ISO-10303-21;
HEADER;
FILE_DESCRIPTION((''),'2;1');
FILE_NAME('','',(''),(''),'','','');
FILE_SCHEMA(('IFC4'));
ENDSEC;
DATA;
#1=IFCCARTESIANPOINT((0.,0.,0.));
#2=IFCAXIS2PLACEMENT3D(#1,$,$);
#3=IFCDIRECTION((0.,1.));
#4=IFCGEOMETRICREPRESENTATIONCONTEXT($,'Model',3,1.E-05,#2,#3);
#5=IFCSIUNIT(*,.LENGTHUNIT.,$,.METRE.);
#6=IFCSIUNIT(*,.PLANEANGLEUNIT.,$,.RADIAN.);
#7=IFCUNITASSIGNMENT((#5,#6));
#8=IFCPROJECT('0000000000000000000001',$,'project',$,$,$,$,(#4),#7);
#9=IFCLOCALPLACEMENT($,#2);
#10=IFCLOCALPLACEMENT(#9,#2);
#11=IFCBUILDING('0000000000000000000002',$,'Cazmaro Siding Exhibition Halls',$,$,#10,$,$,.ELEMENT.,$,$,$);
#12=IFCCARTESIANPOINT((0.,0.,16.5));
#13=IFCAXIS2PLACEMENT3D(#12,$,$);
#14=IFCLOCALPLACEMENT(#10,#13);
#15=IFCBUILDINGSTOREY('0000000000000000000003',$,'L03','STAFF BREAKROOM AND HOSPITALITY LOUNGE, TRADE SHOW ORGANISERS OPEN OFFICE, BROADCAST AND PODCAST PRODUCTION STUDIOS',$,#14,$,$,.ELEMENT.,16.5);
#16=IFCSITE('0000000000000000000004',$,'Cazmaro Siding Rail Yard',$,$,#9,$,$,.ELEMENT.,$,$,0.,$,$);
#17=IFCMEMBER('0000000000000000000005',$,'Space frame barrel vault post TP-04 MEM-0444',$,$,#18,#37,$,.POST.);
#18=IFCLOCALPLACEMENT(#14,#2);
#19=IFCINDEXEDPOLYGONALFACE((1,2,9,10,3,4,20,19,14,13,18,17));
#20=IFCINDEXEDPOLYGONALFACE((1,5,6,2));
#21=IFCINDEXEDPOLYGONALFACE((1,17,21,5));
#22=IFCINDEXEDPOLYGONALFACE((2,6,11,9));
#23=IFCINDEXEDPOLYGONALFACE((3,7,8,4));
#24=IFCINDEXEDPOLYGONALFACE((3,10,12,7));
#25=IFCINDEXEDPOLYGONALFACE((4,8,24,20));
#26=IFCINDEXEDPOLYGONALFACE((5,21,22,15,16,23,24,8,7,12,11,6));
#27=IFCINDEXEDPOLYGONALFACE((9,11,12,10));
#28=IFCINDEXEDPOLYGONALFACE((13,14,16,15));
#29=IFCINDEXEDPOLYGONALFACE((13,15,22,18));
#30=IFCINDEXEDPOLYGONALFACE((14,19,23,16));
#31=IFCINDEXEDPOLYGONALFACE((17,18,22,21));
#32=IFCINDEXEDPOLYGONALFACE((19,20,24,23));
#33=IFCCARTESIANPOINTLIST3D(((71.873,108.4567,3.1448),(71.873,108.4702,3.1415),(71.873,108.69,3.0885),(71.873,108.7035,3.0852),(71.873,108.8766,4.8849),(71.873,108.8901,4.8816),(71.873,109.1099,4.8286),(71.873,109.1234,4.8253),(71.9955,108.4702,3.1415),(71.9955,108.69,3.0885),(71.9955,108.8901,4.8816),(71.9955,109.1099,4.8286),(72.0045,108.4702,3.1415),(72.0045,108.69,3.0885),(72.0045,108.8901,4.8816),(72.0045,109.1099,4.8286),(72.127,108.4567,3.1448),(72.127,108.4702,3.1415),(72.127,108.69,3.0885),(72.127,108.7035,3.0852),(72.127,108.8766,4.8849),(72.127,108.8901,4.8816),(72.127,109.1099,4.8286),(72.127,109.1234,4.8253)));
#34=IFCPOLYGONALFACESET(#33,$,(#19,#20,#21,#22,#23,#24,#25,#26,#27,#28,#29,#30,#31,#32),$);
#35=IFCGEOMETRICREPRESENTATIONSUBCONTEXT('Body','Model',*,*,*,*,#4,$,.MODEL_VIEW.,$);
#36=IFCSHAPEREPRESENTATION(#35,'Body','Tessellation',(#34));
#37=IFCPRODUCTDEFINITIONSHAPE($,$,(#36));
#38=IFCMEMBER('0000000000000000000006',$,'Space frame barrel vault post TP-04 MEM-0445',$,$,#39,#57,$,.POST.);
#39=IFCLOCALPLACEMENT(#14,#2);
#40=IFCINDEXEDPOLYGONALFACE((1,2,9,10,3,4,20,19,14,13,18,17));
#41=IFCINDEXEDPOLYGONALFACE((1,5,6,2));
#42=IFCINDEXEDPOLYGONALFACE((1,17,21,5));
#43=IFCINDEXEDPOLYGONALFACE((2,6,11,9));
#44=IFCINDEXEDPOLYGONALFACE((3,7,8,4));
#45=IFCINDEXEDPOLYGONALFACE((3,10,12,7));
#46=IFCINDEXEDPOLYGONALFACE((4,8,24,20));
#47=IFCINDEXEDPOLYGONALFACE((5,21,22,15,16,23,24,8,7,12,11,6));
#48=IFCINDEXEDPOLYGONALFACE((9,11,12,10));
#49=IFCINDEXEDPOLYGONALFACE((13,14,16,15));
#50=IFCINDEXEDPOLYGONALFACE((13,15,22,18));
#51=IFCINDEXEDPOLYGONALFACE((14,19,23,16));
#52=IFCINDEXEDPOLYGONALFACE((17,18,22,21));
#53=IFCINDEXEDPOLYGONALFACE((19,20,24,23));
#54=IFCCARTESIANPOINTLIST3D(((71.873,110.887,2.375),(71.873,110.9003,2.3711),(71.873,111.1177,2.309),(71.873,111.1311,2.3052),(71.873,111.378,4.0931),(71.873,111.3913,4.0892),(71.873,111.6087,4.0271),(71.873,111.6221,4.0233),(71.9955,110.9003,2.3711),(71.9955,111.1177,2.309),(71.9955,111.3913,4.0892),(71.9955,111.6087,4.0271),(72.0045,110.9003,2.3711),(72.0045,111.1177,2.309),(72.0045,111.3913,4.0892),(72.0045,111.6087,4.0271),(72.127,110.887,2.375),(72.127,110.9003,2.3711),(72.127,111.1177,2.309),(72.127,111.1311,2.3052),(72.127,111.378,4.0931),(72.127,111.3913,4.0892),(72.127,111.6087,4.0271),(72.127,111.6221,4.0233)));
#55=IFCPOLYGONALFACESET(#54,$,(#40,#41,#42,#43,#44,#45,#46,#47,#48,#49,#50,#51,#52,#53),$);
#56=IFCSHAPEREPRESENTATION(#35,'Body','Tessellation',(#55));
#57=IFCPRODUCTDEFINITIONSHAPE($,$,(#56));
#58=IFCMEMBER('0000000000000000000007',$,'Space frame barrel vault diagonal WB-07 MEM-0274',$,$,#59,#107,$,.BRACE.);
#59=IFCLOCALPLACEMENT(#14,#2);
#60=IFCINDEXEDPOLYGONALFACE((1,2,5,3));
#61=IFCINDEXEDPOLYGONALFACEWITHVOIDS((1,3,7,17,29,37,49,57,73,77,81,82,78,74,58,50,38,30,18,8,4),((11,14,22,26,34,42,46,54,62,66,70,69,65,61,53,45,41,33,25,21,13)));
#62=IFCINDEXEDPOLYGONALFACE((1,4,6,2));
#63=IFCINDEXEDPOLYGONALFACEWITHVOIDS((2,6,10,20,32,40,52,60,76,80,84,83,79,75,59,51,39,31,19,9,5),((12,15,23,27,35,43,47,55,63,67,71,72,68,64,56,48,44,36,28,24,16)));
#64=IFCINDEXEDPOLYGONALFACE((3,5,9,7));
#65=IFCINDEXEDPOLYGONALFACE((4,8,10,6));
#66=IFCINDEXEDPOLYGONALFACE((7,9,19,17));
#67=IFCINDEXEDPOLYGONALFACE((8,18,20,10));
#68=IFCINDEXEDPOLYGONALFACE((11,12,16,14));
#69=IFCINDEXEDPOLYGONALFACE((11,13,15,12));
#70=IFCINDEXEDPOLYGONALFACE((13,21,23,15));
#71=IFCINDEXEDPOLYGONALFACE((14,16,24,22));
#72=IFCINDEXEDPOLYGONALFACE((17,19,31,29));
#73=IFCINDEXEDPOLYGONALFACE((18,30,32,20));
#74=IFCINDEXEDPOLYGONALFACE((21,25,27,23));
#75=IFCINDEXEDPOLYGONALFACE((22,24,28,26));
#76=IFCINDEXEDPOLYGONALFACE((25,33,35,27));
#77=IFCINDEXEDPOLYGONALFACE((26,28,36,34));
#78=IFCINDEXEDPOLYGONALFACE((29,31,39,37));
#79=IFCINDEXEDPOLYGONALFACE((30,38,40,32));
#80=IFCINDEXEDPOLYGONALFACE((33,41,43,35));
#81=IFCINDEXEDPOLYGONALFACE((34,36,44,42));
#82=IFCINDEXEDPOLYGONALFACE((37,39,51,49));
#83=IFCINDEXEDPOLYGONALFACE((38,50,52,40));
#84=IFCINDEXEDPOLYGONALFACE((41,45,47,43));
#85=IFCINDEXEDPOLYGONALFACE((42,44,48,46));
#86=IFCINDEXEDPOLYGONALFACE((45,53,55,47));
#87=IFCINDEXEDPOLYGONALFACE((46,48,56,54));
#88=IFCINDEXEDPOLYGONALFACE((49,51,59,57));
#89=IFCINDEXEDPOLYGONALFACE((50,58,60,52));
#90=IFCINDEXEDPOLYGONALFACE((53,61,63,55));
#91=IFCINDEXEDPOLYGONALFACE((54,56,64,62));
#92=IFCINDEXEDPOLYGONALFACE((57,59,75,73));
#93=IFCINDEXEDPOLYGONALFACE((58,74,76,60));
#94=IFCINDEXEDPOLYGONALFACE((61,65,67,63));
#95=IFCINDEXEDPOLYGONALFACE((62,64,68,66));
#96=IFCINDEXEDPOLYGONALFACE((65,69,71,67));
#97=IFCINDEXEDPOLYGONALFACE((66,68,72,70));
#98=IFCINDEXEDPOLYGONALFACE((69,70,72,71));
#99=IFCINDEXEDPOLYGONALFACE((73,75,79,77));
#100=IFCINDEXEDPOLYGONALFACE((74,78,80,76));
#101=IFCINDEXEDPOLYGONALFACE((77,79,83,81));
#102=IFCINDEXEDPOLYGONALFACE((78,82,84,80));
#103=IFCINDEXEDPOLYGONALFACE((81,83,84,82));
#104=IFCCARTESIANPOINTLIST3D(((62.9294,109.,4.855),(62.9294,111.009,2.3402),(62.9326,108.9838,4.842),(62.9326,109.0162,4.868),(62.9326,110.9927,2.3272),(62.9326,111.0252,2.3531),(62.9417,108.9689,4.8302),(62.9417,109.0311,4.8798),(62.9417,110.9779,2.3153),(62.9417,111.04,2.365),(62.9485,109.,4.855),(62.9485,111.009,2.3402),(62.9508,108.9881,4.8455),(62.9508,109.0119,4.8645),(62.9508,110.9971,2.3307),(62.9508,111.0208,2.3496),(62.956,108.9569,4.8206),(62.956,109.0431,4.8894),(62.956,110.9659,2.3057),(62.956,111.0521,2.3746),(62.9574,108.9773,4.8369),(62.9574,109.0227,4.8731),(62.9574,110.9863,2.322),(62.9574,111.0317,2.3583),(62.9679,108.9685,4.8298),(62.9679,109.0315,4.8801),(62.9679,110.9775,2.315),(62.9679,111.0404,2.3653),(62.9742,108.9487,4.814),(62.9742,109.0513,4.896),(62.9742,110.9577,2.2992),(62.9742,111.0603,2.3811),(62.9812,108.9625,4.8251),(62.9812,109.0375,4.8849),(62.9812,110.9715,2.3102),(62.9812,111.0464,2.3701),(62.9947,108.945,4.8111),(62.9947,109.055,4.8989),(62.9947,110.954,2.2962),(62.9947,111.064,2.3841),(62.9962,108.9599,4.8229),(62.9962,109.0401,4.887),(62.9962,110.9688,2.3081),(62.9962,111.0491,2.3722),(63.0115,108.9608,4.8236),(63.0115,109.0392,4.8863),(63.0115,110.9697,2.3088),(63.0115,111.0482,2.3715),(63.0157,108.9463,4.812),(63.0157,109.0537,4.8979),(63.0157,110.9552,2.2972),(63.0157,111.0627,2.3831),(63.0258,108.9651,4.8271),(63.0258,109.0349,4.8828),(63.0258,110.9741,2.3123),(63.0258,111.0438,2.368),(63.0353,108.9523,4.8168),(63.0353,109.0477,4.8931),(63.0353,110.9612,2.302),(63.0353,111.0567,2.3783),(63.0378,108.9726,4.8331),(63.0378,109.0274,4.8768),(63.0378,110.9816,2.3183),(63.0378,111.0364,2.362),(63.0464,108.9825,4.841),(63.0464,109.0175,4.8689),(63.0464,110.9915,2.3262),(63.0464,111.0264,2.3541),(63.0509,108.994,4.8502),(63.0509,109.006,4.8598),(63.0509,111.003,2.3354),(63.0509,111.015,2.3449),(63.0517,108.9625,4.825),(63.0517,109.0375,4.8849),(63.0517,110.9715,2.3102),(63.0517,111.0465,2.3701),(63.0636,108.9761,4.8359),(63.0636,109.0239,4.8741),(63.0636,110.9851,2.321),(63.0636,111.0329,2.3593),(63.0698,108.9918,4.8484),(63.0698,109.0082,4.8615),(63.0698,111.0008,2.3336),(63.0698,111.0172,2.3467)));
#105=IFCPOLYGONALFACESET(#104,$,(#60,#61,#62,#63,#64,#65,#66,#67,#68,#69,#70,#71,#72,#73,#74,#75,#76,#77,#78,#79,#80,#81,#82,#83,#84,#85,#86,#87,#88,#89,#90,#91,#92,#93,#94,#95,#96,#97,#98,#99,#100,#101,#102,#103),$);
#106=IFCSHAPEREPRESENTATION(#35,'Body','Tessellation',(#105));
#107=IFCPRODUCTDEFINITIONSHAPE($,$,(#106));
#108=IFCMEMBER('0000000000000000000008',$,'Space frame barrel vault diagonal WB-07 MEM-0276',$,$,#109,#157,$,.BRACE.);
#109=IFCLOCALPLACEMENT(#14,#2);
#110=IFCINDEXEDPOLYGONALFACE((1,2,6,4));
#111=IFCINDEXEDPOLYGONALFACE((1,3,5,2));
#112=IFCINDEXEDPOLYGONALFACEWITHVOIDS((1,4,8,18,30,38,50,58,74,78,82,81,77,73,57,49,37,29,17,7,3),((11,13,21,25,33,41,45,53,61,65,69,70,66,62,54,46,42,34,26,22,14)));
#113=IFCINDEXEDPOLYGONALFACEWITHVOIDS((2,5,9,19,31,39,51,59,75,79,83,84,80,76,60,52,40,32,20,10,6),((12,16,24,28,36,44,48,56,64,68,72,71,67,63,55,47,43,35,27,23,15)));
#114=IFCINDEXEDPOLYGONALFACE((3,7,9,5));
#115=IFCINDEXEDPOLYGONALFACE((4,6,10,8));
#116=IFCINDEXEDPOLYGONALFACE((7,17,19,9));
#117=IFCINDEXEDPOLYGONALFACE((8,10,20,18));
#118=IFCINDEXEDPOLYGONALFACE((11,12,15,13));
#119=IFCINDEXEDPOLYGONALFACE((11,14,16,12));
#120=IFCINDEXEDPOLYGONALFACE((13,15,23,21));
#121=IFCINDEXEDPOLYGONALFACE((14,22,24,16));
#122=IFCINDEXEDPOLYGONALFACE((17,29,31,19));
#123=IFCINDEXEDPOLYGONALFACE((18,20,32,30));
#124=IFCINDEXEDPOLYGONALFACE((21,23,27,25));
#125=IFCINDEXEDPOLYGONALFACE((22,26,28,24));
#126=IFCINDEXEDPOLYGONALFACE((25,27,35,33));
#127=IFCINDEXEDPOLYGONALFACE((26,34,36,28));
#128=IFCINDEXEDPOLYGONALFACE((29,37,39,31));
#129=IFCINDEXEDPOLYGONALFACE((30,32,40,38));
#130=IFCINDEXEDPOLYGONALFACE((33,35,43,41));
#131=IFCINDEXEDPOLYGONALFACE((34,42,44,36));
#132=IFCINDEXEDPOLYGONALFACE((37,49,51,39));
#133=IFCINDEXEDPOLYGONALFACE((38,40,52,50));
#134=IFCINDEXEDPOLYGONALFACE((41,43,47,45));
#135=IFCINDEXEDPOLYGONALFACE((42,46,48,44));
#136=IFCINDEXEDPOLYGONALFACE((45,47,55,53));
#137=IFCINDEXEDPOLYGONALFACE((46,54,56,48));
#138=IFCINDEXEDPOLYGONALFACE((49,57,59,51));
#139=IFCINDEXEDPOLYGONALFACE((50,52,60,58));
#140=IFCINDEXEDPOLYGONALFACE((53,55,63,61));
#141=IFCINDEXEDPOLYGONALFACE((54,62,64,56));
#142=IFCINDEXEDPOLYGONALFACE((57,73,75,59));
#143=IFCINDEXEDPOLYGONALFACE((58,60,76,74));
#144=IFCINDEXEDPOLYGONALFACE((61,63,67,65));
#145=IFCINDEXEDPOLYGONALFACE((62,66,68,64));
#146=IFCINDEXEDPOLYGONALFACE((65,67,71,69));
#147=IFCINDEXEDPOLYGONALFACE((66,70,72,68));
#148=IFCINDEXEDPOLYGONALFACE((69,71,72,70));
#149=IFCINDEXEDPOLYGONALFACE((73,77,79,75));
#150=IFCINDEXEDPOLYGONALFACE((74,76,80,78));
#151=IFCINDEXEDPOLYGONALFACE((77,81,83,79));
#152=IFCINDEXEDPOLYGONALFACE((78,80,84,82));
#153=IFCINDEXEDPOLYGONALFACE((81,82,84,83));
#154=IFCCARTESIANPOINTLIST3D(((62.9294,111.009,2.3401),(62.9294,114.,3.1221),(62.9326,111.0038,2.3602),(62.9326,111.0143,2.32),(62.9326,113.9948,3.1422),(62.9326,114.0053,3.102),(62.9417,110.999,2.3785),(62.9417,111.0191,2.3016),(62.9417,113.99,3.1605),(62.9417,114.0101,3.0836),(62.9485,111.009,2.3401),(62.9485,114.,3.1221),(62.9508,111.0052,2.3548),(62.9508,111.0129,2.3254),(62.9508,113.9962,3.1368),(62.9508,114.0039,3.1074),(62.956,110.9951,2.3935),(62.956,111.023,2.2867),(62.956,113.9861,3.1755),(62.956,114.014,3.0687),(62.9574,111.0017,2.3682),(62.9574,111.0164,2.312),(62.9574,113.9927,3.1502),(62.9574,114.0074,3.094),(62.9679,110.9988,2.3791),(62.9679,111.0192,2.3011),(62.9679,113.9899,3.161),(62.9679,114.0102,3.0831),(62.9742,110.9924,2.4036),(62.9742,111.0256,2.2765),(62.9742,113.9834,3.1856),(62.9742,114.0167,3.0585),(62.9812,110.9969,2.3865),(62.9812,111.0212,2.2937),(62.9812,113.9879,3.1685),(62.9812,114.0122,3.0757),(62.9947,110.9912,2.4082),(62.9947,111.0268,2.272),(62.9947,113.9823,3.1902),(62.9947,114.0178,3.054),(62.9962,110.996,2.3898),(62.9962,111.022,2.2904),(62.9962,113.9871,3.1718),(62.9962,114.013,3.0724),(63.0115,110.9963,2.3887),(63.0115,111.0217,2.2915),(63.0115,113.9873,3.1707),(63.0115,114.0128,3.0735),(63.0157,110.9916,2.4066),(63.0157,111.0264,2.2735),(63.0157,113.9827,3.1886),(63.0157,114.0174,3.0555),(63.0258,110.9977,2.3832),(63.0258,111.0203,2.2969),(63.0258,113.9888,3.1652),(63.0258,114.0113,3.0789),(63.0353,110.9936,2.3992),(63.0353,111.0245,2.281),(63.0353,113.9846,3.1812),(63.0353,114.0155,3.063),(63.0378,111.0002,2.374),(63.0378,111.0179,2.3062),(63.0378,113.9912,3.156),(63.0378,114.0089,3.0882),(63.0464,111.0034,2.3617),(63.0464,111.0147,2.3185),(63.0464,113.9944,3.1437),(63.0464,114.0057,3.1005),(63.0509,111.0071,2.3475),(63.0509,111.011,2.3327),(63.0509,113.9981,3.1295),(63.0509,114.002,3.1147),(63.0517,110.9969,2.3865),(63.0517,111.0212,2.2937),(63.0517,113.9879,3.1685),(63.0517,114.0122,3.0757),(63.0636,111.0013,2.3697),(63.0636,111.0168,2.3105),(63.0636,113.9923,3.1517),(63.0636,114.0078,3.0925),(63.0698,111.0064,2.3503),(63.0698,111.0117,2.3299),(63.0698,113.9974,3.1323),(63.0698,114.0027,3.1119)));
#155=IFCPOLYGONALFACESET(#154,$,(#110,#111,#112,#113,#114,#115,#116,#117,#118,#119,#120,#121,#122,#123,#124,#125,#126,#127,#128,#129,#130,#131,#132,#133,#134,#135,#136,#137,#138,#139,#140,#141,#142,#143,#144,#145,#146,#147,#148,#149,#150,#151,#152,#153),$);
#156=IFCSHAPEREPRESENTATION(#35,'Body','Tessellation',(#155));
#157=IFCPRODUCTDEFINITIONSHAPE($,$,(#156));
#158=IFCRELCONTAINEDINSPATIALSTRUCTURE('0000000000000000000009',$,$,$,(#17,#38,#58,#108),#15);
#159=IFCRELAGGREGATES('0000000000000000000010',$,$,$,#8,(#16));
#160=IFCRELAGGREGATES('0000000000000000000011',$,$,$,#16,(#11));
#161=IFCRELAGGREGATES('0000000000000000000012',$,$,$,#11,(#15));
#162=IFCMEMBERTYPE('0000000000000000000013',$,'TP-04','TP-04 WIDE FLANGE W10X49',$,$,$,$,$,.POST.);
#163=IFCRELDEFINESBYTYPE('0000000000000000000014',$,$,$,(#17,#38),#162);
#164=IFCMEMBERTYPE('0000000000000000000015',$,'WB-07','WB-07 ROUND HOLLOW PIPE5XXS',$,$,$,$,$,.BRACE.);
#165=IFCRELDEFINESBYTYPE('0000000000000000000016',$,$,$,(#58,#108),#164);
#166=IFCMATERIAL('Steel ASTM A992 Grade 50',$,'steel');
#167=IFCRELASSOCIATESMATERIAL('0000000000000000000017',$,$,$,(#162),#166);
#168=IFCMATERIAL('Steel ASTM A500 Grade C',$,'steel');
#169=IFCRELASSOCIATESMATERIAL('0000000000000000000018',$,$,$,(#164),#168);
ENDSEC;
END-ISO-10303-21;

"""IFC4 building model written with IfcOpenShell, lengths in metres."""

from ifc_helpers import new_model, si_unit, direction, frame, origin, origin_2d, place, context, subcontext, project, spatial, hollow_circle, i_section, extrude, material, material_profile, profile_set, type_object, element, save


model = new_model("IFC4")

# Units and contexts
model_context = context("Model", 3, precision=1e-05, world=origin(), true_north=direction((0.0, 1.0)))
body_context = subcontext(model_context, "Body", "Model", "MODEL_VIEW")
ifc_project = project(units=[si_unit("LENGTHUNIT", "METRE"), si_unit("PLANEANGLEUNIT", "RADIAN")], contexts=[model_context])

# Site, building, storey
site_placement = place(None, origin())
site = spatial("IfcSite", under=ifc_project, at=site_placement, Name="Cazmaro Siding Rail Yard", CompositionType="ELEMENT", RefElevation=0.0)
building_placement = place(site_placement, origin())
building = spatial("IfcBuilding", under=site, at=building_placement, Name="Cazmaro Siding Exhibition Halls", CompositionType="ELEMENT")
storey_placement = place(building_placement, frame((0.0, 0.0, 16.5)))
storey = spatial("IfcBuildingStorey", under=building, at=storey_placement, Name="L03", Description="STAFF BREAKROOM AND HOSPITALITY LOUNGE, TRADE SHOW ORGANISERS OPEN OFFICE, BROADCAST AND PODCAST PRODUCTION STUDIOS", CompositionType="ELEMENT", Elevation=16.5)

# Members
ifc_material_1 = material(Name="Steel ASTM A992 Grade 50", Category="steel")
ifc_material_profile_1 = material_profile(ifc_material_1, i_section(OverallWidth=0.2539, OverallDepth=0.2539, WebThickness=0.009, FlangeThickness=0.0139, at=origin_2d()), Name="W10X49")
ifc_profile_set_1 = profile_set([ifc_material_profile_1], Name="Steel ASTM A992 Grade 50")
member_type_1 = type_object("IfcMemberType", Name="TP-04", Description="TP-04 WIDE FLANGE W10X49", PredefinedType="POST", material=ifc_profile_set_1)
member_1_placement = place(storey_placement, frame((72.0, 108.5801, 3.115), z_axis=(0.0, 0.234601, 0.972092), x_axis=(-1.0, 0.0, 0.0)))
element("IfcMember", 1, at=member_1_placement, inside=storey, type_object=member_type_1, Name="Space frame barrel vault post TP-04 MEM-0444", PredefinedType="POST", context=body_context, shape_type="SweptSolid", body=[
    extrude(i_section(OverallWidth=0.2539, OverallDepth=0.2539, WebThickness=0.009, FlangeThickness=0.0139, at=origin_2d()), origin(), (0.0, 0.0, 1.0), 1.79),
])
member_2_placement = place(storey_placement, frame((72.0, 111.009, 2.3401), z_axis=(0.0, 0.274775, 0.961508), x_axis=(-1.0, 0.0, 0.0)))
element("IfcMember", 2, at=member_2_placement, inside=storey, type_object=member_type_1, Name="Space frame barrel vault post TP-04 MEM-0445", PredefinedType="POST", context=body_context, shape_type="SweptSolid", body=[
    extrude(i_section(OverallWidth=0.2539, OverallDepth=0.2539, WebThickness=0.009, FlangeThickness=0.0139, at=origin_2d()), origin(), (0.0, 0.0, 1.0), 1.7869),
])
ifc_material_2 = material(Name="Steel ASTM A500 Grade C", Category="steel")
ifc_material_profile_2 = material_profile(ifc_material_2, hollow_circle(Radius=0.0706, WallThickness=0.019, at=origin_2d()), Name="PIPE5XXS")
ifc_profile_set_2 = profile_set([ifc_material_profile_2], Name="Steel ASTM A500 Grade C")
member_type_2 = type_object("IfcMemberType", Name="WB-07", Description="WB-07 ROUND HOLLOW PIPE5XXS", PredefinedType="BRACE", material=ifc_profile_set_2)
member_3_placement = place(storey_placement, frame((63.0, 109.0, 4.855), z_axis=(0.0, 0.624149, -0.781305), x_axis=(-1.0, 0.0, 0.0)))
element("IfcMember", 3, at=member_3_placement, inside=storey, type_object=member_type_2, Name="Space frame barrel vault diagonal WB-07 MEM-0274", PredefinedType="BRACE", context=body_context, shape_type="SweptSolid", body=[
    extrude(hollow_circle(Radius=0.0706, WallThickness=0.019, at=origin_2d()), origin(), (0.0, 0.0, 1.0), 3.2188),
])
member_4_placement = place(storey_placement, frame((63.0, 111.009, 2.3401), z_axis=(0.0, 0.96748, 0.252946), x_axis=(-1.0, 0.0, 0.0)))
element("IfcMember", 4, at=member_4_placement, inside=storey, type_object=member_type_2, Name="Space frame barrel vault diagonal WB-07 MEM-0276", PredefinedType="BRACE", context=body_context, shape_type="SweptSolid", body=[
    extrude(hollow_circle(Radius=0.0706, WallThickness=0.019, at=origin_2d()), origin(), (0.0, 0.0, 1.0), 3.0916),
])

save(model, "model.ifc")
